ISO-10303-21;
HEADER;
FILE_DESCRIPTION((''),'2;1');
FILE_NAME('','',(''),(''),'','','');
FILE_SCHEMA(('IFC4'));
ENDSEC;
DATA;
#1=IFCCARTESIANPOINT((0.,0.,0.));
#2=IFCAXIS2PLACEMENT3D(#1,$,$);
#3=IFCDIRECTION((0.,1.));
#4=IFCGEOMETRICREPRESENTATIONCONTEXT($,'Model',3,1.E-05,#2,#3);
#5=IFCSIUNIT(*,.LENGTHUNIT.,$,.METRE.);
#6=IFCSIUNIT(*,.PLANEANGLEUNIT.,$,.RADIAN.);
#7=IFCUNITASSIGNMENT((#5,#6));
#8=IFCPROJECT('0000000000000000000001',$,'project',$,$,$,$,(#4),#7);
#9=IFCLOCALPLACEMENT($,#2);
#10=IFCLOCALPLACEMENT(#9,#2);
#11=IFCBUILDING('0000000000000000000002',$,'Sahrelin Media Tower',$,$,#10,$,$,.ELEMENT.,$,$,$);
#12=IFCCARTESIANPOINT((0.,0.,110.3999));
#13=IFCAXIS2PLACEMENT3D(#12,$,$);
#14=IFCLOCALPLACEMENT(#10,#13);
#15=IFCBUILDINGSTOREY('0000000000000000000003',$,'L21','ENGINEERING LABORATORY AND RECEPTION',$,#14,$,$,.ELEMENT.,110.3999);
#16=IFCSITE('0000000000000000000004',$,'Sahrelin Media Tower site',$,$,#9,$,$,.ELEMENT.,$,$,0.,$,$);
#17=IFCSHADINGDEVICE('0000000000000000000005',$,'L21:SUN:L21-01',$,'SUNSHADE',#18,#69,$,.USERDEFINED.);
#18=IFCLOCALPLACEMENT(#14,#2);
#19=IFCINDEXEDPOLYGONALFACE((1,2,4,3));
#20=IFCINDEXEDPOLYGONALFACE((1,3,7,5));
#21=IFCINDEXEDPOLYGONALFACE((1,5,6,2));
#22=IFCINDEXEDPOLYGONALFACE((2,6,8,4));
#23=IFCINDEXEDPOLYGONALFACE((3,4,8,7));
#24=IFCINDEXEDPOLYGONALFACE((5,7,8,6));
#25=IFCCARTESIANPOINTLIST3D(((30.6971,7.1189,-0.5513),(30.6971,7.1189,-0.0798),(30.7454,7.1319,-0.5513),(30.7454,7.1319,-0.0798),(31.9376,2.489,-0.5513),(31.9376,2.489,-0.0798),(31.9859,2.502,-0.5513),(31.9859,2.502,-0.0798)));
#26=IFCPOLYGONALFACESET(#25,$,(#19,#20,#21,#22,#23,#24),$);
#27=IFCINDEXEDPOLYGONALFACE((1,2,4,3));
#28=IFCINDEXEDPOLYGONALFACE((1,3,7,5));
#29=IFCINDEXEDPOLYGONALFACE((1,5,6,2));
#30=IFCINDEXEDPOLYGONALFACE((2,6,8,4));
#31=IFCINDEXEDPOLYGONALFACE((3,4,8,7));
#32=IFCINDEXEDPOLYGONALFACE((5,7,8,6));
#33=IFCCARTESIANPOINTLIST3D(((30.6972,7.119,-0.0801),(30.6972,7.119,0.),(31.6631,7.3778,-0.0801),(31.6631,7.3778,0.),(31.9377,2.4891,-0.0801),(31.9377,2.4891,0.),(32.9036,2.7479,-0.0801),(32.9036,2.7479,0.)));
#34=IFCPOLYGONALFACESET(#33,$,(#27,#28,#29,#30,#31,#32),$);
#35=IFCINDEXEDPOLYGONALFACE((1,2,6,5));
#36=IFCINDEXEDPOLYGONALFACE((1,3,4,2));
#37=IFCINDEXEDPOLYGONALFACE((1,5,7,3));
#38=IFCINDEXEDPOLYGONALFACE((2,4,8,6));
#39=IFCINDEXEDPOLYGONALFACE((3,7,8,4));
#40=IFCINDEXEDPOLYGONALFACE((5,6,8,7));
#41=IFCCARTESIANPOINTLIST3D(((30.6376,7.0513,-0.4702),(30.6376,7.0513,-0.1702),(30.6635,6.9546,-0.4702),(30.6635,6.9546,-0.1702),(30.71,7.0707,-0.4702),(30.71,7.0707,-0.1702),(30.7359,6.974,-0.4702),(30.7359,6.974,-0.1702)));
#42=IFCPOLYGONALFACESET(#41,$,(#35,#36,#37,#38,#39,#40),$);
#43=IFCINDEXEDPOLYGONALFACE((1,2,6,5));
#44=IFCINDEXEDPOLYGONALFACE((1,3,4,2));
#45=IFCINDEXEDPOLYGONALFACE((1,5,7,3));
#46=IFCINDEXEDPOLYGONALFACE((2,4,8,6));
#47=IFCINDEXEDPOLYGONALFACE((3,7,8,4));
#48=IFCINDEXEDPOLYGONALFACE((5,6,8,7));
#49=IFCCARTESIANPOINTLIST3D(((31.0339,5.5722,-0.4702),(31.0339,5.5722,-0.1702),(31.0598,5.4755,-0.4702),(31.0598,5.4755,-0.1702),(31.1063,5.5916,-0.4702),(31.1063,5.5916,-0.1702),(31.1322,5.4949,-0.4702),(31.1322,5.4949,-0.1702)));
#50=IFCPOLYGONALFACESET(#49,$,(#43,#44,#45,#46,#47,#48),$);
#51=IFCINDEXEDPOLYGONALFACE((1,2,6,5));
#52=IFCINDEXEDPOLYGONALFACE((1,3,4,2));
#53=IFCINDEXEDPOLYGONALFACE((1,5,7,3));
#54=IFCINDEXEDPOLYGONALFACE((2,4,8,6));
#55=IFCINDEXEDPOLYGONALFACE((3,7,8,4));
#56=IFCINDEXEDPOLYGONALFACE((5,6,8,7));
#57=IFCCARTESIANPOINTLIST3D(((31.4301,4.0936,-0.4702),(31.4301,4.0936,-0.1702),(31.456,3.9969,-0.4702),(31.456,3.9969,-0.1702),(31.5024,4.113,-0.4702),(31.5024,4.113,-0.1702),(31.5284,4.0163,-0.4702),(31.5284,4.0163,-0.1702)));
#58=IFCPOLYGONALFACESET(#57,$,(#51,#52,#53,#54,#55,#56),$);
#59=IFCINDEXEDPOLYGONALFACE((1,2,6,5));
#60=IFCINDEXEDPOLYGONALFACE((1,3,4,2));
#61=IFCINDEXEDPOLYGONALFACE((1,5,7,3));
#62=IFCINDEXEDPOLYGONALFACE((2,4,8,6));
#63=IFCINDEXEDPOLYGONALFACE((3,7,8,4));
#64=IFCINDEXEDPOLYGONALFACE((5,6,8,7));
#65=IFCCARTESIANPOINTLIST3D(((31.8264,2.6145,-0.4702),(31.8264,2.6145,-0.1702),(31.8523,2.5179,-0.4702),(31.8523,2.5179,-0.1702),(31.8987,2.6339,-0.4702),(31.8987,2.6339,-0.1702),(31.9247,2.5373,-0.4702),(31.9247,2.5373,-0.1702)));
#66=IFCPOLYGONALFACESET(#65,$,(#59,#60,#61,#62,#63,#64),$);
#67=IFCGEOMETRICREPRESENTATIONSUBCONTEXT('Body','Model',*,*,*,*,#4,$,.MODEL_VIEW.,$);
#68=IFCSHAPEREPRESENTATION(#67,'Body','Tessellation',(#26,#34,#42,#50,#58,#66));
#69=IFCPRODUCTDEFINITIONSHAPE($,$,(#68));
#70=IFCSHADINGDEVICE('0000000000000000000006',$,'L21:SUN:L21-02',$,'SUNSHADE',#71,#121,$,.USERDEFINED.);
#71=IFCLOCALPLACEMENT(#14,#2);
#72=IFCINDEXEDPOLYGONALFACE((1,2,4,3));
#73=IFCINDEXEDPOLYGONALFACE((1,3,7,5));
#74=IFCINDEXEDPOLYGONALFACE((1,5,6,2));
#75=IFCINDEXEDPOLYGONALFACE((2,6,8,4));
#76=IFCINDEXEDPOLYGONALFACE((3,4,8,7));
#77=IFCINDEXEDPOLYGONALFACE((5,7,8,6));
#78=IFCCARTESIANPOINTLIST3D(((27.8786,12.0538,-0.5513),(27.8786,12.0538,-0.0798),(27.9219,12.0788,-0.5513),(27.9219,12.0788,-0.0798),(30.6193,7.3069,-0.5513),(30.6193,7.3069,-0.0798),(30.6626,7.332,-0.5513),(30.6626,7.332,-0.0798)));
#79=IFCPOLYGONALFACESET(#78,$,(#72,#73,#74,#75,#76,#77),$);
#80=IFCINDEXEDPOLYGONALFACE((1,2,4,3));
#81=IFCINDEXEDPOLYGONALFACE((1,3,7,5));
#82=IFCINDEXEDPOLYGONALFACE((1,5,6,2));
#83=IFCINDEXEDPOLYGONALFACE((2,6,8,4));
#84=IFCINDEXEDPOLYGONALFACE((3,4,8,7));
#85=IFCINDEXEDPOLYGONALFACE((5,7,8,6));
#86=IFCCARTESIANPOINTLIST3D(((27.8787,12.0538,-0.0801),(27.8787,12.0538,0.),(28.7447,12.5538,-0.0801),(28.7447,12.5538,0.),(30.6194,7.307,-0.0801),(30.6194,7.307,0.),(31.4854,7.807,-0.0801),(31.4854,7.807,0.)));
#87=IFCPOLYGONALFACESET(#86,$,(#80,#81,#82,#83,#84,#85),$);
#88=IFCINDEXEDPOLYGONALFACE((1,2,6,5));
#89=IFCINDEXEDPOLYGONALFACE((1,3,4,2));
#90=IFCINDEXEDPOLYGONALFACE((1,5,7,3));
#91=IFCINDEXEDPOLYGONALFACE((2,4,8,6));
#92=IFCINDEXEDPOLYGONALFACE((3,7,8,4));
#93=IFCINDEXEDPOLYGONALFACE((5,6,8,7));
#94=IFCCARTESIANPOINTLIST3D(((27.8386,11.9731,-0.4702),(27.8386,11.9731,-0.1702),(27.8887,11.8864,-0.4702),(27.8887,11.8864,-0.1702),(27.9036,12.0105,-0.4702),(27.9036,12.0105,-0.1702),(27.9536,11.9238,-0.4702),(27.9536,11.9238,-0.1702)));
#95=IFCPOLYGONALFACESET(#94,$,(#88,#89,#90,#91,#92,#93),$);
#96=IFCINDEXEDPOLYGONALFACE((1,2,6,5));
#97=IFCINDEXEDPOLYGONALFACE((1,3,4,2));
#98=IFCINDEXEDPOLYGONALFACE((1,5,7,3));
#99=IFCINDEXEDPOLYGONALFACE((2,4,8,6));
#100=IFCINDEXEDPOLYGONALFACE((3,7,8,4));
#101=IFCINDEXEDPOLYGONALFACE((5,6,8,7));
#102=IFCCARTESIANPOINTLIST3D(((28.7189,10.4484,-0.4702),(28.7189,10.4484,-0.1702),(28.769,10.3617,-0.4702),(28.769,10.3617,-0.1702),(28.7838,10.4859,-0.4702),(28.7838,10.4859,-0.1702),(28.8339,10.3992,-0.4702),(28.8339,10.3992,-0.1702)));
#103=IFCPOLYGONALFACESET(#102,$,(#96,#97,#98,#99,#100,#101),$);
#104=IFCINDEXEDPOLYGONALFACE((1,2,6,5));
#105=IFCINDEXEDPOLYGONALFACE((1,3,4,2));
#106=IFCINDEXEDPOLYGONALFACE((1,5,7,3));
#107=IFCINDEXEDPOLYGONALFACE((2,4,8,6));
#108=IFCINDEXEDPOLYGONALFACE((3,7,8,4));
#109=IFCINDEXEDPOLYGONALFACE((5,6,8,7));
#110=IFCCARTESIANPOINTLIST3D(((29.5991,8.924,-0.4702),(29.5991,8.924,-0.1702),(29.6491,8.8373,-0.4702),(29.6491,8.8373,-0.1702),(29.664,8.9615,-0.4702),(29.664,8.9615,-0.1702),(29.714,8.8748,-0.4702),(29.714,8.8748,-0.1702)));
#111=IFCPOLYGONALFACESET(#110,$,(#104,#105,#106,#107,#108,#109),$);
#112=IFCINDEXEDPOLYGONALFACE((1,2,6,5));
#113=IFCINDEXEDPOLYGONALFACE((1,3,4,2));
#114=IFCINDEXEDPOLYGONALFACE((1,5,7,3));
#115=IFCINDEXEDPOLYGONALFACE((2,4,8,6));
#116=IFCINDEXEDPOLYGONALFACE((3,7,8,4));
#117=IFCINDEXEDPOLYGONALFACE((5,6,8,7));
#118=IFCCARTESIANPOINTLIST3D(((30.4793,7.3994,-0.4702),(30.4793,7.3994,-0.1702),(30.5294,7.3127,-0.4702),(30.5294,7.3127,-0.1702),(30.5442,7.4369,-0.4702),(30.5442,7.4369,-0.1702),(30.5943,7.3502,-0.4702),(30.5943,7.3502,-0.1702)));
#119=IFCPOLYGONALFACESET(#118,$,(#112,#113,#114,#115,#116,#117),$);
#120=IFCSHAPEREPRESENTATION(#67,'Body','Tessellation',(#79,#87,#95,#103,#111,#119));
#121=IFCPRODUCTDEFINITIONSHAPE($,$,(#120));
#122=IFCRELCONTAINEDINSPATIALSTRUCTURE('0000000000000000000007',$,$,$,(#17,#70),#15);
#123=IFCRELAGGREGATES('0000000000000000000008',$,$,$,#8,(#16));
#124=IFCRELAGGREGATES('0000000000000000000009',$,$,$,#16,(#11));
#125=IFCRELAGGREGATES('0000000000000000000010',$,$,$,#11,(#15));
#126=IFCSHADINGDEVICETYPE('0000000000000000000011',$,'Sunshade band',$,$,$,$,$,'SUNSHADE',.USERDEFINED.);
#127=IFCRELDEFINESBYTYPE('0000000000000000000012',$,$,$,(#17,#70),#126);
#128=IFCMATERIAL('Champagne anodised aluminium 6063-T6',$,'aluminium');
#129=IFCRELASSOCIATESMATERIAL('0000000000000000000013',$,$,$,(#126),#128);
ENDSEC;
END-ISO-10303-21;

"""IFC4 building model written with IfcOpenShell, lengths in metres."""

from ifc_helpers import new_model, si_unit, direction, frame, origin, origin_2d, place, context, subcontext, project, spatial, rectangle, extrude, material, type_object, element, save


model = new_model("IFC4")

# Units and contexts
model_context = context("Model", 3, precision=1e-05, world=origin(), true_north=direction((0.0, 1.0)))
body_context = subcontext(model_context, "Body", "Model", "MODEL_VIEW")
ifc_project = project(units=[si_unit("LENGTHUNIT", "METRE"), si_unit("PLANEANGLEUNIT", "RADIAN")], contexts=[model_context])

# Site, building, storey
site_placement = place(None, origin())
site = spatial("IfcSite", under=ifc_project, at=site_placement, Name="Sahrelin Media Tower site", CompositionType="ELEMENT", RefElevation=0.0)
building_placement = place(site_placement, origin())
building = spatial("IfcBuilding", under=site, at=building_placement, Name="Sahrelin Media Tower", CompositionType="ELEMENT")
storey_placement = place(building_placement, frame((0.0, 0.0, 110.3999)))
storey = spatial("IfcBuildingStorey", under=building, at=storey_placement, Name="L21", Description="ENGINEERING LABORATORY AND RECEPTION", CompositionType="ELEMENT", Elevation=110.3999)

# Shared definitions
ifc_material_1 = material(Name="Champagne anodised aluminium 6063-T6", Category="aluminium")

# Shading devices
placement_1 = place(storey_placement, frame((31.2981, 4.7988, 0.0), z_axis=(0.0, 0.0, 1.0), x_axis=(0.258808, -0.965929, 0.0)))
placement_2 = place(storey_placement, frame((29.2317, 9.6704, 0.0), z_axis=(0.0, 0.0, 1.0), x_axis=(0.500011, -0.866019, 0.0)))
shading_device_type_1 = type_object("IfcShadingDeviceType", Name="Sunshade band", ElementType="SUNSHADE", PredefinedType="USERDEFINED", material=ifc_material_1)
element("IfcShadingDevice", 1, at=placement_1, inside=storey, type_object=shading_device_type_1, Name="L21:SUN:L21-01", ObjectType="SUNSHADE", PredefinedType="USERDEFINED", context=body_context, shape_type="SweptSolid", body=[
    extrude(rectangle(XDim=4.7932, YDim=0.05, at=origin_2d()), frame((0.0, 0.0449, -0.5513)), (0.0, 0.0, 1.0), 0.4714),
    extrude(rectangle(XDim=4.7932, YDim=1.0, at=origin_2d()), frame((0.0, 0.52, -0.0801)), (0.0, 0.0, 1.0), 0.0801),
    extrude(rectangle(XDim=0.1001, YDim=0.075, at=origin_2d()), frame((-2.2966, -0.0176, -0.4702)), (0.0, 0.0, 1.0), 0.3),
    extrude(rectangle(XDim=0.1001, YDim=0.075, at=origin_2d()), frame((-0.7654, -0.0176, -0.4702)), (0.0, 0.0, 1.0), 0.3),
    extrude(rectangle(XDim=0.1001, YDim=0.075, at=origin_2d()), frame((0.7654, -0.0176, -0.4702)), (0.0, 0.0, 1.0), 0.3),
    extrude(rectangle(XDim=0.1001, YDim=0.075, at=origin_2d()), frame((2.2966, -0.0176, -0.4702)), (0.0, 0.0, 1.0), 0.3),
])
element("IfcShadingDevice", 2, at=placement_2, inside=storey, type_object=shading_device_type_1, Name="L21:SUN:L21-02", ObjectType="SUNSHADE", PredefinedType="USERDEFINED", context=body_context, shape_type="SweptSolid", body=[
    extrude(rectangle(XDim=5.4812, YDim=0.05, at=origin_2d()), frame((0.0, 0.0449, -0.5513)), (0.0, 0.0, 1.0), 0.4714),
    extrude(rectangle(XDim=5.4812, YDim=1.0, at=origin_2d()), frame((0.0, 0.52, -0.0801)), (0.0, 0.0, 1.0), 0.0801),
    extrude(rectangle(XDim=0.1001, YDim=0.075, at=origin_2d()), frame((-2.6406, -0.0176, -0.4702)), (0.0, 0.0, 1.0), 0.3),
    extrude(rectangle(XDim=0.1001, YDim=0.075, at=origin_2d()), frame((-0.8801, -0.0176, -0.4702)), (0.0, 0.0, 1.0), 0.3),
    extrude(rectangle(XDim=0.1001, YDim=0.075, at=origin_2d()), frame((0.8801, -0.0176, -0.4702)), (0.0, 0.0, 1.0), 0.3),
    extrude(rectangle(XDim=0.1001, YDim=0.075, at=origin_2d()), frame((2.6406, -0.0176, -0.4702)), (0.0, 0.0, 1.0), 0.3),
])

save(model, "model.ifc")
